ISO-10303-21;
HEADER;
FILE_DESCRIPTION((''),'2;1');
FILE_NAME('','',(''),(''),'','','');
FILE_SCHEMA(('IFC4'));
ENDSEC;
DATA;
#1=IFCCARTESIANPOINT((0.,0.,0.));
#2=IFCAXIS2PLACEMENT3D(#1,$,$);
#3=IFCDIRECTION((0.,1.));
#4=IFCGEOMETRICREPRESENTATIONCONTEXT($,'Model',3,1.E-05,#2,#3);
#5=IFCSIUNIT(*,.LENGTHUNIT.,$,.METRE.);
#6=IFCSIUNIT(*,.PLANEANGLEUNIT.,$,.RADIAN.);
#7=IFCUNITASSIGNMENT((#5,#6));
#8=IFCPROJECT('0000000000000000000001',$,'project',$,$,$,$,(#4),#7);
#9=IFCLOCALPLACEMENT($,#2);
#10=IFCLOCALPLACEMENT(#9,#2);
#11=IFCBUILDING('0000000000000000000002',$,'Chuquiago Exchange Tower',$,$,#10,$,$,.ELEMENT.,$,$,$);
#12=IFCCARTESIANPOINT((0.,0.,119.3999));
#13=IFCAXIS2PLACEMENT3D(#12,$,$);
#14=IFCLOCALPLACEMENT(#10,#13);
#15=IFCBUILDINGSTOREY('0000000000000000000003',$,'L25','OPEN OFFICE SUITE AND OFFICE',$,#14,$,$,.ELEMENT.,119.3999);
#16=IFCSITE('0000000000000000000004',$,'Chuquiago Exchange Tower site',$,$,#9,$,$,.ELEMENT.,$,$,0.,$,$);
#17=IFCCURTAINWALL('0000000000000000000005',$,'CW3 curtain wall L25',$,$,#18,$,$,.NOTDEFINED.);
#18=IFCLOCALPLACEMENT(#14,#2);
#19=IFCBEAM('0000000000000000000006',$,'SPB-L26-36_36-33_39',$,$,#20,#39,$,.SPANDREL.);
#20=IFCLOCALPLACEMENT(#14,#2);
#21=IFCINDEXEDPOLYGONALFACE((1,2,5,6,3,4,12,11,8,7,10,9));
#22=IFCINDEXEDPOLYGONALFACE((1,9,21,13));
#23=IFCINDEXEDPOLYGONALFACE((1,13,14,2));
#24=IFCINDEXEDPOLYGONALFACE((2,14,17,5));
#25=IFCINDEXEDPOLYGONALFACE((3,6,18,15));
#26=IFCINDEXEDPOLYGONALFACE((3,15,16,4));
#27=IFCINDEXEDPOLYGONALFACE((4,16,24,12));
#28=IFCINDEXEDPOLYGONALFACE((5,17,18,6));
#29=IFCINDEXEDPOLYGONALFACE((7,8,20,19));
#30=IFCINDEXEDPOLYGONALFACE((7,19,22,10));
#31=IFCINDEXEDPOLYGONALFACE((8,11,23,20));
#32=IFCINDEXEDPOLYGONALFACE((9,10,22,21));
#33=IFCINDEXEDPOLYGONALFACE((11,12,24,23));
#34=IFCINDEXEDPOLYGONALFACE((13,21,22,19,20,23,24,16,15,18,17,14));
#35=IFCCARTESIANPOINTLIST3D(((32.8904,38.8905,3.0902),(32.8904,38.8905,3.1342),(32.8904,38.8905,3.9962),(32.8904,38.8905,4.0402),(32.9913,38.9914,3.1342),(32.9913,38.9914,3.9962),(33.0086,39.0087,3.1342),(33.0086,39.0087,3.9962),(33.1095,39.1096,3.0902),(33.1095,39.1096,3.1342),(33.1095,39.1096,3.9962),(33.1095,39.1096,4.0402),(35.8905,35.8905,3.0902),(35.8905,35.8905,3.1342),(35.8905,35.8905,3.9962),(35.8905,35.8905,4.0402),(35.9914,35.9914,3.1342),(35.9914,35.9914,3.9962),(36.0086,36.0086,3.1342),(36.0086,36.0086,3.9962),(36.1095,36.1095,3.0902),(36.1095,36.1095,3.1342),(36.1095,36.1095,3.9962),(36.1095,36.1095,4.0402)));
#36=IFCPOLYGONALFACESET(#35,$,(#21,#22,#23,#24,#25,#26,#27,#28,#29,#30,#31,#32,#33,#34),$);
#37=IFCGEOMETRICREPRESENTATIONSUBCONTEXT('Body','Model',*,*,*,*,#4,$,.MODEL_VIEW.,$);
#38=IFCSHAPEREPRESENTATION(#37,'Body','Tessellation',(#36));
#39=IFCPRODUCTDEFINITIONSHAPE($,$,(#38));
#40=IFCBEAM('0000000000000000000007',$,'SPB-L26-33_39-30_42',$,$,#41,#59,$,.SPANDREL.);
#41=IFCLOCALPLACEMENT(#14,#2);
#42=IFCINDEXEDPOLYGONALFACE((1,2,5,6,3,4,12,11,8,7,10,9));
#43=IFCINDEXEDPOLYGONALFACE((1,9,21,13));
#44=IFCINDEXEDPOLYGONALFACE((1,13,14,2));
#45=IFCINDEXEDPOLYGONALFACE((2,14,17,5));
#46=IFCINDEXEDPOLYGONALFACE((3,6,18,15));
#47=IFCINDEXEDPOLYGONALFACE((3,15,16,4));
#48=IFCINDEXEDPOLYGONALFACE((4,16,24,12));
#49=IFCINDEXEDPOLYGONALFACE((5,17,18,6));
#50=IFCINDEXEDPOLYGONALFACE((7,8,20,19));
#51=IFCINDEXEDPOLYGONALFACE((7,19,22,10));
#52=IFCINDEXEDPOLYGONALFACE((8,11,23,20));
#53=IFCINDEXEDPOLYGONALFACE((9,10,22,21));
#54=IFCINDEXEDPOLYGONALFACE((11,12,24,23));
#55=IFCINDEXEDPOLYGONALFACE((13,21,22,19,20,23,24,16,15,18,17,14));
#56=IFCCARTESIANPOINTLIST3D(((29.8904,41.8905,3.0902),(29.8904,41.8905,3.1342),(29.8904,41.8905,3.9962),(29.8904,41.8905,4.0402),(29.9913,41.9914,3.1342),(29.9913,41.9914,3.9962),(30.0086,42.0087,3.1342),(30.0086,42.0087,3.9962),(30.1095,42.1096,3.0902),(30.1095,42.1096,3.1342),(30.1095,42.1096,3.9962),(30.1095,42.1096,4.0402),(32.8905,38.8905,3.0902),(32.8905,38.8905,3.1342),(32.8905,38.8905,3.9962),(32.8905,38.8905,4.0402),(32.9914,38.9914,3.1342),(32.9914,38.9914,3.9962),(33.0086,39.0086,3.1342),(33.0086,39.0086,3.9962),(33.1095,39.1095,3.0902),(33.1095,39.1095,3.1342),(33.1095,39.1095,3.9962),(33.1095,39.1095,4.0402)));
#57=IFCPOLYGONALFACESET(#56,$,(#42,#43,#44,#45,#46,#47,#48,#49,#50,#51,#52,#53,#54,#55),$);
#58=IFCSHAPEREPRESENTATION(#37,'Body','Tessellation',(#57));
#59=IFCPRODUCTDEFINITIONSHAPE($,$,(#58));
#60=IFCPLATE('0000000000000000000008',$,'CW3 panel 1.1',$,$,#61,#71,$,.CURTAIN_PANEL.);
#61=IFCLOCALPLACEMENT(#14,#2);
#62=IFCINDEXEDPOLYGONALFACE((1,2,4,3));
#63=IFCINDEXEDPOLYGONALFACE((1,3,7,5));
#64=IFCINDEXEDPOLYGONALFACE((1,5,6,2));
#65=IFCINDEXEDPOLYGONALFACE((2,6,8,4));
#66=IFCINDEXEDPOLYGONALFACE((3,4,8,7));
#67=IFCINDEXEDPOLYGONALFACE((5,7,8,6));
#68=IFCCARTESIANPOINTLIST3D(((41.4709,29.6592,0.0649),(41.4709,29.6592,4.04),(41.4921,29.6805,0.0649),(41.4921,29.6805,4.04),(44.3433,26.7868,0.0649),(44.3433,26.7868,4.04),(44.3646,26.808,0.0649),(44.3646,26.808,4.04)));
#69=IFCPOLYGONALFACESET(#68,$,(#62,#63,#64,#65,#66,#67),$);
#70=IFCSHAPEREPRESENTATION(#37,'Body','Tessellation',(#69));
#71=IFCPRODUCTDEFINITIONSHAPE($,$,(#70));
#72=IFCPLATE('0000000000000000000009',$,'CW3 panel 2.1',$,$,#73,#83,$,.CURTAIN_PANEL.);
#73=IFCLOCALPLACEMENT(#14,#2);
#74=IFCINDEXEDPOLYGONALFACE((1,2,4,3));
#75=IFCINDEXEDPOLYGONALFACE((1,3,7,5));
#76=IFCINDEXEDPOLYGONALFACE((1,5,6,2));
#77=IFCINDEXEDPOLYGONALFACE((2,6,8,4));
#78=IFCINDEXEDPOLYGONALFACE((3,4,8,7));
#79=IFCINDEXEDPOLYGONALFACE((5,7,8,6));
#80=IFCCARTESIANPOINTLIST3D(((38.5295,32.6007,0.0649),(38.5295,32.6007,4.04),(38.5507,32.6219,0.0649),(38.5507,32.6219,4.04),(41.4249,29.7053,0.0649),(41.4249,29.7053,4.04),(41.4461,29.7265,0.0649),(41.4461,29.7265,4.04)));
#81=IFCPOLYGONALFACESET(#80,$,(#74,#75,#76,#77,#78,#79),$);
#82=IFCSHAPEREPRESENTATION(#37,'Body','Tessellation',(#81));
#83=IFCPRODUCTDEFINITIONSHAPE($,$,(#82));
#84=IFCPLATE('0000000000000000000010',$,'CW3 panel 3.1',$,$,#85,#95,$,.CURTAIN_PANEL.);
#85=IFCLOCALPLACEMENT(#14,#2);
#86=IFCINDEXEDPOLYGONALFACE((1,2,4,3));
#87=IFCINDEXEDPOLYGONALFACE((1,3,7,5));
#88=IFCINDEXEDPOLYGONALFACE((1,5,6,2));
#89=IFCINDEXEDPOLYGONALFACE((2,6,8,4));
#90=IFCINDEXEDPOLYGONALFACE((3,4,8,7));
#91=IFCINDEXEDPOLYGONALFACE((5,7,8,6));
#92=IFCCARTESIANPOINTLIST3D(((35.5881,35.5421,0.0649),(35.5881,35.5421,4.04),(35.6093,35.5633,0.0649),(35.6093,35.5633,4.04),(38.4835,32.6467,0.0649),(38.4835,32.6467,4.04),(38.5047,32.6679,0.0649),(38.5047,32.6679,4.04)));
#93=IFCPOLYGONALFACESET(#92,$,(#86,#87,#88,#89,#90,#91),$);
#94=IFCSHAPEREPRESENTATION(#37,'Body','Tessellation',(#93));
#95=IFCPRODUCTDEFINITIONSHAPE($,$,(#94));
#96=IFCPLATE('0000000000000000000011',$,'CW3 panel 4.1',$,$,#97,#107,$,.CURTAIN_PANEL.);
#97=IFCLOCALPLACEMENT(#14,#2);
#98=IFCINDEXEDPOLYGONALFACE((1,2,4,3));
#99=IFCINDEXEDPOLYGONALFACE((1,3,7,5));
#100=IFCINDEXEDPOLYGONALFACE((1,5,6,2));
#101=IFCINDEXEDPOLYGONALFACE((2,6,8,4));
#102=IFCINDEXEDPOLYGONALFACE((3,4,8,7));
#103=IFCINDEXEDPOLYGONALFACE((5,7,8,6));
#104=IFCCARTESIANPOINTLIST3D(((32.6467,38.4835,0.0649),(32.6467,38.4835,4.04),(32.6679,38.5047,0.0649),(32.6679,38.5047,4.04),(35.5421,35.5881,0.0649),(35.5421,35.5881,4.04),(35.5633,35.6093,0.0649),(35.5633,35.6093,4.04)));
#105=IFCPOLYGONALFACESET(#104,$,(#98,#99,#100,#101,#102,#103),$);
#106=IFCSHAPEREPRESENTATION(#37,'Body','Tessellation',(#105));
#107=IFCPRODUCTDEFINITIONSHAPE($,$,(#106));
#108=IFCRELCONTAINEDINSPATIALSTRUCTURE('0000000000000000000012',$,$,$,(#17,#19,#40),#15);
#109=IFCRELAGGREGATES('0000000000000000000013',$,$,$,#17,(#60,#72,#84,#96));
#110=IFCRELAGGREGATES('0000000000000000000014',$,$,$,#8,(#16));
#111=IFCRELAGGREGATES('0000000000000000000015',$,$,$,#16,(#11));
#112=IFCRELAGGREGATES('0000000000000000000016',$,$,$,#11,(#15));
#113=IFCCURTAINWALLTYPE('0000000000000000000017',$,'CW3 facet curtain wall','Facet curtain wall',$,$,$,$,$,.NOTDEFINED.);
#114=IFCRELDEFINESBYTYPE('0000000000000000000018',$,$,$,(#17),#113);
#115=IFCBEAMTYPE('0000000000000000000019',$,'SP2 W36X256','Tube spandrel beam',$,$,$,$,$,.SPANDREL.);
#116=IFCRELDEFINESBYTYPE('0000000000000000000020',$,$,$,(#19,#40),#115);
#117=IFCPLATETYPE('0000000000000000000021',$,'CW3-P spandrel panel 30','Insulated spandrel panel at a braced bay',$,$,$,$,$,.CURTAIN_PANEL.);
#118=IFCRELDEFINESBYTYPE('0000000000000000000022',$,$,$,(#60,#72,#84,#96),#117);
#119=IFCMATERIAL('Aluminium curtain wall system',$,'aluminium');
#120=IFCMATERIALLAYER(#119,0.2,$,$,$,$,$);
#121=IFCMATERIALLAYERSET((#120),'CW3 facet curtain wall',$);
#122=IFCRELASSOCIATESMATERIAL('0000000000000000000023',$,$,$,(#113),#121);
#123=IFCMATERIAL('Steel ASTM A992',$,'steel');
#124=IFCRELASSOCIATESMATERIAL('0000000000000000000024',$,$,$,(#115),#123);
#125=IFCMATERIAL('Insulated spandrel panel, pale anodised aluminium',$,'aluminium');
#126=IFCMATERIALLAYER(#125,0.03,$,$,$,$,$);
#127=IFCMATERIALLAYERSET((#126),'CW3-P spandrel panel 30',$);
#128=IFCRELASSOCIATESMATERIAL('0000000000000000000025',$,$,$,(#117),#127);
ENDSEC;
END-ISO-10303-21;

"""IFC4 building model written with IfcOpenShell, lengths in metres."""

from ifc_helpers import new_model, si_unit, direction, frame, origin, origin_2d, place, context, subcontext, project, spatial, rectangle, i_section, extrude, material, layer, layer_set, material_profile, profile_set, type_object, element, aggregate, save


model = new_model("IFC4")

# Units and contexts
model_context = context("Model", 3, precision=1e-05, world=origin(), true_north=direction((0.0, 1.0)))
body_context = subcontext(model_context, "Body", "Model", "MODEL_VIEW")
ifc_project = project(units=[si_unit("LENGTHUNIT", "METRE"), si_unit("PLANEANGLEUNIT", "RADIAN")], contexts=[model_context])

# Site, building, storey
site_placement = place(None, origin())
site = spatial("IfcSite", under=ifc_project, at=site_placement, Name="Chuquiago Exchange Tower site", CompositionType="ELEMENT", RefElevation=0.0)
building_placement = place(site_placement, origin())
building = spatial("IfcBuilding", under=site, at=building_placement, Name="Chuquiago Exchange Tower", CompositionType="ELEMENT")
storey_placement = place(building_placement, frame((0.0, 0.0, 119.3999)))
storey = spatial("IfcBuildingStorey", under=building, at=storey_placement, Name="L25", Description="OPEN OFFICE SUITE AND OFFICE", CompositionType="ELEMENT", Elevation=119.3999)

# Curtain wall
ifc_material_1 = material(Name="Aluminium curtain wall system", Category="aluminium")
ifc_layer_1 = layer(ifc_material_1, 0.2)
ifc_layer_set_1 = layer_set([ifc_layer_1], Name="CW3 facet curtain wall")
curtain_wall_type = type_object("IfcCurtainWallType", Name="CW3 facet curtain wall", Description="Facet curtain wall", PredefinedType="NOTDEFINED", material=ifc_layer_set_1)
curtain_wall_placement = place(storey_placement, origin())
curtain_wall = element("IfcCurtainWall", 1, at=curtain_wall_placement, inside=storey, type_object=curtain_wall_type, Name="CW3 curtain wall L25", PredefinedType="NOTDEFINED")

# Beams
ifc_material_2 = material(Name="Steel ASTM A992", Category="steel")
ifc_material_profile_1 = material_profile(ifc_material_2, i_section(OverallWidth=0.3098, OverallDepth=0.95, WebThickness=0.0244, FlangeThickness=0.0439, at=origin_2d()), Name="W36X256")
ifc_profile_set_1 = profile_set([ifc_material_profile_1], Name="Steel ASTM A992")
beam_type_1 = type_object("IfcBeamType", Name="SP2 W36X256", Description="Tube spandrel beam", PredefinedType="SPANDREL", material=ifc_profile_set_1)
for number, where, z_axis, x_axis, name in (
    (2, (36.0, 36.0, 3.5652), (-0.707107, 0.707107, 0.0), (-0.707107, -0.707107, 0.0), "SPB-L26-36_36-33_39"),
    (3, (33.0, 39.0, 3.5652), (-0.707107, 0.707107, 0.0), (-0.707107, -0.707107, 0.0), "SPB-L26-33_39-30_42"),
):
    element("IfcBeam", number, at=place(storey_placement, frame(where, z_axis=z_axis, x_axis=x_axis)), inside=storey, type_object=beam_type_1, Name=name, PredefinedType="SPANDREL", context=body_context, shape_type="SweptSolid", body=[
        extrude(i_section(OverallWidth=0.3098, OverallDepth=0.95, WebThickness=0.0244, FlangeThickness=0.0439, at=origin_2d()), origin(), (0.0, 0.0, 1.0), 4.2427),
    ])

# Plates
ifc_material_3 = material(Name="Insulated spandrel panel, pale anodised aluminium", Category="aluminium")
ifc_layer_2 = layer(ifc_material_3, 0.03)
ifc_layer_set_2 = layer_set([ifc_layer_2], Name="CW3-P spandrel panel 30")
plate_type = type_object("IfcPlateType", Name="CW3-P spandrel panel 30", Description="Insulated spandrel panel at a braced bay", PredefinedType="CURTAIN_PANEL", material=ifc_layer_set_2)
plate_1_placement = place(storey_placement, frame((42.9177, 28.2336, 0.0649), z_axis=(0.0, 0.0, 1.0), x_axis=(-0.707107, 0.707107, 0.0)))
plate_1 = element("IfcPlate", 4, at=plate_1_placement, type_object=plate_type, Name="CW3 panel 1.1", PredefinedType="CURTAIN_PANEL", context=body_context, shape_type="SweptSolid", body=[
    extrude(rectangle(XDim=4.0623, YDim=0.03, at=origin_2d()), origin(), (0.0, 0.0, 1.0), 3.9751),
])
plate_2_placement = place(storey_placement, frame((39.9878, 31.1636, 0.0649), z_axis=(0.0, 0.0, 1.0), x_axis=(-0.707107, 0.707107, 0.0)))
plate_2 = element("IfcPlate", 5, at=plate_2_placement, type_object=plate_type, Name="CW3 panel 2.1", PredefinedType="CURTAIN_PANEL", context=body_context, shape_type="SweptSolid", body=[
    extrude(rectangle(XDim=4.0947, YDim=0.03, at=origin_2d()), origin(), (0.0, 0.0, 1.0), 3.9751),
])
plate_3_placement = place(storey_placement, frame((37.0464, 34.105, 0.0649), z_axis=(0.0, 0.0, 1.0), x_axis=(-0.707107, 0.707107, 0.0)))
plate_3 = element("IfcPlate", 6, at=plate_3_placement, type_object=plate_type, Name="CW3 panel 3.1", PredefinedType="CURTAIN_PANEL", context=body_context, shape_type="SweptSolid", body=[
    extrude(rectangle(XDim=4.0947, YDim=0.03, at=origin_2d()), origin(), (0.0, 0.0, 1.0), 3.9751),
])
plate_4_placement = place(storey_placement, frame((34.105, 37.0464, 0.0649), z_axis=(0.0, 0.0, 1.0), x_axis=(-0.707107, 0.707107, 0.0)))
plate_4 = element("IfcPlate", 7, at=plate_4_placement, type_object=plate_type, Name="CW3 panel 4.1", PredefinedType="CURTAIN_PANEL", context=body_context, shape_type="SweptSolid", body=[
    extrude(rectangle(XDim=4.0947, YDim=0.03, at=origin_2d()), origin(), (0.0, 0.0, 1.0), 3.9751),
])
aggregate(curtain_wall, [plate_1, plate_2, plate_3, plate_4])

save(model, "model.ifc")
